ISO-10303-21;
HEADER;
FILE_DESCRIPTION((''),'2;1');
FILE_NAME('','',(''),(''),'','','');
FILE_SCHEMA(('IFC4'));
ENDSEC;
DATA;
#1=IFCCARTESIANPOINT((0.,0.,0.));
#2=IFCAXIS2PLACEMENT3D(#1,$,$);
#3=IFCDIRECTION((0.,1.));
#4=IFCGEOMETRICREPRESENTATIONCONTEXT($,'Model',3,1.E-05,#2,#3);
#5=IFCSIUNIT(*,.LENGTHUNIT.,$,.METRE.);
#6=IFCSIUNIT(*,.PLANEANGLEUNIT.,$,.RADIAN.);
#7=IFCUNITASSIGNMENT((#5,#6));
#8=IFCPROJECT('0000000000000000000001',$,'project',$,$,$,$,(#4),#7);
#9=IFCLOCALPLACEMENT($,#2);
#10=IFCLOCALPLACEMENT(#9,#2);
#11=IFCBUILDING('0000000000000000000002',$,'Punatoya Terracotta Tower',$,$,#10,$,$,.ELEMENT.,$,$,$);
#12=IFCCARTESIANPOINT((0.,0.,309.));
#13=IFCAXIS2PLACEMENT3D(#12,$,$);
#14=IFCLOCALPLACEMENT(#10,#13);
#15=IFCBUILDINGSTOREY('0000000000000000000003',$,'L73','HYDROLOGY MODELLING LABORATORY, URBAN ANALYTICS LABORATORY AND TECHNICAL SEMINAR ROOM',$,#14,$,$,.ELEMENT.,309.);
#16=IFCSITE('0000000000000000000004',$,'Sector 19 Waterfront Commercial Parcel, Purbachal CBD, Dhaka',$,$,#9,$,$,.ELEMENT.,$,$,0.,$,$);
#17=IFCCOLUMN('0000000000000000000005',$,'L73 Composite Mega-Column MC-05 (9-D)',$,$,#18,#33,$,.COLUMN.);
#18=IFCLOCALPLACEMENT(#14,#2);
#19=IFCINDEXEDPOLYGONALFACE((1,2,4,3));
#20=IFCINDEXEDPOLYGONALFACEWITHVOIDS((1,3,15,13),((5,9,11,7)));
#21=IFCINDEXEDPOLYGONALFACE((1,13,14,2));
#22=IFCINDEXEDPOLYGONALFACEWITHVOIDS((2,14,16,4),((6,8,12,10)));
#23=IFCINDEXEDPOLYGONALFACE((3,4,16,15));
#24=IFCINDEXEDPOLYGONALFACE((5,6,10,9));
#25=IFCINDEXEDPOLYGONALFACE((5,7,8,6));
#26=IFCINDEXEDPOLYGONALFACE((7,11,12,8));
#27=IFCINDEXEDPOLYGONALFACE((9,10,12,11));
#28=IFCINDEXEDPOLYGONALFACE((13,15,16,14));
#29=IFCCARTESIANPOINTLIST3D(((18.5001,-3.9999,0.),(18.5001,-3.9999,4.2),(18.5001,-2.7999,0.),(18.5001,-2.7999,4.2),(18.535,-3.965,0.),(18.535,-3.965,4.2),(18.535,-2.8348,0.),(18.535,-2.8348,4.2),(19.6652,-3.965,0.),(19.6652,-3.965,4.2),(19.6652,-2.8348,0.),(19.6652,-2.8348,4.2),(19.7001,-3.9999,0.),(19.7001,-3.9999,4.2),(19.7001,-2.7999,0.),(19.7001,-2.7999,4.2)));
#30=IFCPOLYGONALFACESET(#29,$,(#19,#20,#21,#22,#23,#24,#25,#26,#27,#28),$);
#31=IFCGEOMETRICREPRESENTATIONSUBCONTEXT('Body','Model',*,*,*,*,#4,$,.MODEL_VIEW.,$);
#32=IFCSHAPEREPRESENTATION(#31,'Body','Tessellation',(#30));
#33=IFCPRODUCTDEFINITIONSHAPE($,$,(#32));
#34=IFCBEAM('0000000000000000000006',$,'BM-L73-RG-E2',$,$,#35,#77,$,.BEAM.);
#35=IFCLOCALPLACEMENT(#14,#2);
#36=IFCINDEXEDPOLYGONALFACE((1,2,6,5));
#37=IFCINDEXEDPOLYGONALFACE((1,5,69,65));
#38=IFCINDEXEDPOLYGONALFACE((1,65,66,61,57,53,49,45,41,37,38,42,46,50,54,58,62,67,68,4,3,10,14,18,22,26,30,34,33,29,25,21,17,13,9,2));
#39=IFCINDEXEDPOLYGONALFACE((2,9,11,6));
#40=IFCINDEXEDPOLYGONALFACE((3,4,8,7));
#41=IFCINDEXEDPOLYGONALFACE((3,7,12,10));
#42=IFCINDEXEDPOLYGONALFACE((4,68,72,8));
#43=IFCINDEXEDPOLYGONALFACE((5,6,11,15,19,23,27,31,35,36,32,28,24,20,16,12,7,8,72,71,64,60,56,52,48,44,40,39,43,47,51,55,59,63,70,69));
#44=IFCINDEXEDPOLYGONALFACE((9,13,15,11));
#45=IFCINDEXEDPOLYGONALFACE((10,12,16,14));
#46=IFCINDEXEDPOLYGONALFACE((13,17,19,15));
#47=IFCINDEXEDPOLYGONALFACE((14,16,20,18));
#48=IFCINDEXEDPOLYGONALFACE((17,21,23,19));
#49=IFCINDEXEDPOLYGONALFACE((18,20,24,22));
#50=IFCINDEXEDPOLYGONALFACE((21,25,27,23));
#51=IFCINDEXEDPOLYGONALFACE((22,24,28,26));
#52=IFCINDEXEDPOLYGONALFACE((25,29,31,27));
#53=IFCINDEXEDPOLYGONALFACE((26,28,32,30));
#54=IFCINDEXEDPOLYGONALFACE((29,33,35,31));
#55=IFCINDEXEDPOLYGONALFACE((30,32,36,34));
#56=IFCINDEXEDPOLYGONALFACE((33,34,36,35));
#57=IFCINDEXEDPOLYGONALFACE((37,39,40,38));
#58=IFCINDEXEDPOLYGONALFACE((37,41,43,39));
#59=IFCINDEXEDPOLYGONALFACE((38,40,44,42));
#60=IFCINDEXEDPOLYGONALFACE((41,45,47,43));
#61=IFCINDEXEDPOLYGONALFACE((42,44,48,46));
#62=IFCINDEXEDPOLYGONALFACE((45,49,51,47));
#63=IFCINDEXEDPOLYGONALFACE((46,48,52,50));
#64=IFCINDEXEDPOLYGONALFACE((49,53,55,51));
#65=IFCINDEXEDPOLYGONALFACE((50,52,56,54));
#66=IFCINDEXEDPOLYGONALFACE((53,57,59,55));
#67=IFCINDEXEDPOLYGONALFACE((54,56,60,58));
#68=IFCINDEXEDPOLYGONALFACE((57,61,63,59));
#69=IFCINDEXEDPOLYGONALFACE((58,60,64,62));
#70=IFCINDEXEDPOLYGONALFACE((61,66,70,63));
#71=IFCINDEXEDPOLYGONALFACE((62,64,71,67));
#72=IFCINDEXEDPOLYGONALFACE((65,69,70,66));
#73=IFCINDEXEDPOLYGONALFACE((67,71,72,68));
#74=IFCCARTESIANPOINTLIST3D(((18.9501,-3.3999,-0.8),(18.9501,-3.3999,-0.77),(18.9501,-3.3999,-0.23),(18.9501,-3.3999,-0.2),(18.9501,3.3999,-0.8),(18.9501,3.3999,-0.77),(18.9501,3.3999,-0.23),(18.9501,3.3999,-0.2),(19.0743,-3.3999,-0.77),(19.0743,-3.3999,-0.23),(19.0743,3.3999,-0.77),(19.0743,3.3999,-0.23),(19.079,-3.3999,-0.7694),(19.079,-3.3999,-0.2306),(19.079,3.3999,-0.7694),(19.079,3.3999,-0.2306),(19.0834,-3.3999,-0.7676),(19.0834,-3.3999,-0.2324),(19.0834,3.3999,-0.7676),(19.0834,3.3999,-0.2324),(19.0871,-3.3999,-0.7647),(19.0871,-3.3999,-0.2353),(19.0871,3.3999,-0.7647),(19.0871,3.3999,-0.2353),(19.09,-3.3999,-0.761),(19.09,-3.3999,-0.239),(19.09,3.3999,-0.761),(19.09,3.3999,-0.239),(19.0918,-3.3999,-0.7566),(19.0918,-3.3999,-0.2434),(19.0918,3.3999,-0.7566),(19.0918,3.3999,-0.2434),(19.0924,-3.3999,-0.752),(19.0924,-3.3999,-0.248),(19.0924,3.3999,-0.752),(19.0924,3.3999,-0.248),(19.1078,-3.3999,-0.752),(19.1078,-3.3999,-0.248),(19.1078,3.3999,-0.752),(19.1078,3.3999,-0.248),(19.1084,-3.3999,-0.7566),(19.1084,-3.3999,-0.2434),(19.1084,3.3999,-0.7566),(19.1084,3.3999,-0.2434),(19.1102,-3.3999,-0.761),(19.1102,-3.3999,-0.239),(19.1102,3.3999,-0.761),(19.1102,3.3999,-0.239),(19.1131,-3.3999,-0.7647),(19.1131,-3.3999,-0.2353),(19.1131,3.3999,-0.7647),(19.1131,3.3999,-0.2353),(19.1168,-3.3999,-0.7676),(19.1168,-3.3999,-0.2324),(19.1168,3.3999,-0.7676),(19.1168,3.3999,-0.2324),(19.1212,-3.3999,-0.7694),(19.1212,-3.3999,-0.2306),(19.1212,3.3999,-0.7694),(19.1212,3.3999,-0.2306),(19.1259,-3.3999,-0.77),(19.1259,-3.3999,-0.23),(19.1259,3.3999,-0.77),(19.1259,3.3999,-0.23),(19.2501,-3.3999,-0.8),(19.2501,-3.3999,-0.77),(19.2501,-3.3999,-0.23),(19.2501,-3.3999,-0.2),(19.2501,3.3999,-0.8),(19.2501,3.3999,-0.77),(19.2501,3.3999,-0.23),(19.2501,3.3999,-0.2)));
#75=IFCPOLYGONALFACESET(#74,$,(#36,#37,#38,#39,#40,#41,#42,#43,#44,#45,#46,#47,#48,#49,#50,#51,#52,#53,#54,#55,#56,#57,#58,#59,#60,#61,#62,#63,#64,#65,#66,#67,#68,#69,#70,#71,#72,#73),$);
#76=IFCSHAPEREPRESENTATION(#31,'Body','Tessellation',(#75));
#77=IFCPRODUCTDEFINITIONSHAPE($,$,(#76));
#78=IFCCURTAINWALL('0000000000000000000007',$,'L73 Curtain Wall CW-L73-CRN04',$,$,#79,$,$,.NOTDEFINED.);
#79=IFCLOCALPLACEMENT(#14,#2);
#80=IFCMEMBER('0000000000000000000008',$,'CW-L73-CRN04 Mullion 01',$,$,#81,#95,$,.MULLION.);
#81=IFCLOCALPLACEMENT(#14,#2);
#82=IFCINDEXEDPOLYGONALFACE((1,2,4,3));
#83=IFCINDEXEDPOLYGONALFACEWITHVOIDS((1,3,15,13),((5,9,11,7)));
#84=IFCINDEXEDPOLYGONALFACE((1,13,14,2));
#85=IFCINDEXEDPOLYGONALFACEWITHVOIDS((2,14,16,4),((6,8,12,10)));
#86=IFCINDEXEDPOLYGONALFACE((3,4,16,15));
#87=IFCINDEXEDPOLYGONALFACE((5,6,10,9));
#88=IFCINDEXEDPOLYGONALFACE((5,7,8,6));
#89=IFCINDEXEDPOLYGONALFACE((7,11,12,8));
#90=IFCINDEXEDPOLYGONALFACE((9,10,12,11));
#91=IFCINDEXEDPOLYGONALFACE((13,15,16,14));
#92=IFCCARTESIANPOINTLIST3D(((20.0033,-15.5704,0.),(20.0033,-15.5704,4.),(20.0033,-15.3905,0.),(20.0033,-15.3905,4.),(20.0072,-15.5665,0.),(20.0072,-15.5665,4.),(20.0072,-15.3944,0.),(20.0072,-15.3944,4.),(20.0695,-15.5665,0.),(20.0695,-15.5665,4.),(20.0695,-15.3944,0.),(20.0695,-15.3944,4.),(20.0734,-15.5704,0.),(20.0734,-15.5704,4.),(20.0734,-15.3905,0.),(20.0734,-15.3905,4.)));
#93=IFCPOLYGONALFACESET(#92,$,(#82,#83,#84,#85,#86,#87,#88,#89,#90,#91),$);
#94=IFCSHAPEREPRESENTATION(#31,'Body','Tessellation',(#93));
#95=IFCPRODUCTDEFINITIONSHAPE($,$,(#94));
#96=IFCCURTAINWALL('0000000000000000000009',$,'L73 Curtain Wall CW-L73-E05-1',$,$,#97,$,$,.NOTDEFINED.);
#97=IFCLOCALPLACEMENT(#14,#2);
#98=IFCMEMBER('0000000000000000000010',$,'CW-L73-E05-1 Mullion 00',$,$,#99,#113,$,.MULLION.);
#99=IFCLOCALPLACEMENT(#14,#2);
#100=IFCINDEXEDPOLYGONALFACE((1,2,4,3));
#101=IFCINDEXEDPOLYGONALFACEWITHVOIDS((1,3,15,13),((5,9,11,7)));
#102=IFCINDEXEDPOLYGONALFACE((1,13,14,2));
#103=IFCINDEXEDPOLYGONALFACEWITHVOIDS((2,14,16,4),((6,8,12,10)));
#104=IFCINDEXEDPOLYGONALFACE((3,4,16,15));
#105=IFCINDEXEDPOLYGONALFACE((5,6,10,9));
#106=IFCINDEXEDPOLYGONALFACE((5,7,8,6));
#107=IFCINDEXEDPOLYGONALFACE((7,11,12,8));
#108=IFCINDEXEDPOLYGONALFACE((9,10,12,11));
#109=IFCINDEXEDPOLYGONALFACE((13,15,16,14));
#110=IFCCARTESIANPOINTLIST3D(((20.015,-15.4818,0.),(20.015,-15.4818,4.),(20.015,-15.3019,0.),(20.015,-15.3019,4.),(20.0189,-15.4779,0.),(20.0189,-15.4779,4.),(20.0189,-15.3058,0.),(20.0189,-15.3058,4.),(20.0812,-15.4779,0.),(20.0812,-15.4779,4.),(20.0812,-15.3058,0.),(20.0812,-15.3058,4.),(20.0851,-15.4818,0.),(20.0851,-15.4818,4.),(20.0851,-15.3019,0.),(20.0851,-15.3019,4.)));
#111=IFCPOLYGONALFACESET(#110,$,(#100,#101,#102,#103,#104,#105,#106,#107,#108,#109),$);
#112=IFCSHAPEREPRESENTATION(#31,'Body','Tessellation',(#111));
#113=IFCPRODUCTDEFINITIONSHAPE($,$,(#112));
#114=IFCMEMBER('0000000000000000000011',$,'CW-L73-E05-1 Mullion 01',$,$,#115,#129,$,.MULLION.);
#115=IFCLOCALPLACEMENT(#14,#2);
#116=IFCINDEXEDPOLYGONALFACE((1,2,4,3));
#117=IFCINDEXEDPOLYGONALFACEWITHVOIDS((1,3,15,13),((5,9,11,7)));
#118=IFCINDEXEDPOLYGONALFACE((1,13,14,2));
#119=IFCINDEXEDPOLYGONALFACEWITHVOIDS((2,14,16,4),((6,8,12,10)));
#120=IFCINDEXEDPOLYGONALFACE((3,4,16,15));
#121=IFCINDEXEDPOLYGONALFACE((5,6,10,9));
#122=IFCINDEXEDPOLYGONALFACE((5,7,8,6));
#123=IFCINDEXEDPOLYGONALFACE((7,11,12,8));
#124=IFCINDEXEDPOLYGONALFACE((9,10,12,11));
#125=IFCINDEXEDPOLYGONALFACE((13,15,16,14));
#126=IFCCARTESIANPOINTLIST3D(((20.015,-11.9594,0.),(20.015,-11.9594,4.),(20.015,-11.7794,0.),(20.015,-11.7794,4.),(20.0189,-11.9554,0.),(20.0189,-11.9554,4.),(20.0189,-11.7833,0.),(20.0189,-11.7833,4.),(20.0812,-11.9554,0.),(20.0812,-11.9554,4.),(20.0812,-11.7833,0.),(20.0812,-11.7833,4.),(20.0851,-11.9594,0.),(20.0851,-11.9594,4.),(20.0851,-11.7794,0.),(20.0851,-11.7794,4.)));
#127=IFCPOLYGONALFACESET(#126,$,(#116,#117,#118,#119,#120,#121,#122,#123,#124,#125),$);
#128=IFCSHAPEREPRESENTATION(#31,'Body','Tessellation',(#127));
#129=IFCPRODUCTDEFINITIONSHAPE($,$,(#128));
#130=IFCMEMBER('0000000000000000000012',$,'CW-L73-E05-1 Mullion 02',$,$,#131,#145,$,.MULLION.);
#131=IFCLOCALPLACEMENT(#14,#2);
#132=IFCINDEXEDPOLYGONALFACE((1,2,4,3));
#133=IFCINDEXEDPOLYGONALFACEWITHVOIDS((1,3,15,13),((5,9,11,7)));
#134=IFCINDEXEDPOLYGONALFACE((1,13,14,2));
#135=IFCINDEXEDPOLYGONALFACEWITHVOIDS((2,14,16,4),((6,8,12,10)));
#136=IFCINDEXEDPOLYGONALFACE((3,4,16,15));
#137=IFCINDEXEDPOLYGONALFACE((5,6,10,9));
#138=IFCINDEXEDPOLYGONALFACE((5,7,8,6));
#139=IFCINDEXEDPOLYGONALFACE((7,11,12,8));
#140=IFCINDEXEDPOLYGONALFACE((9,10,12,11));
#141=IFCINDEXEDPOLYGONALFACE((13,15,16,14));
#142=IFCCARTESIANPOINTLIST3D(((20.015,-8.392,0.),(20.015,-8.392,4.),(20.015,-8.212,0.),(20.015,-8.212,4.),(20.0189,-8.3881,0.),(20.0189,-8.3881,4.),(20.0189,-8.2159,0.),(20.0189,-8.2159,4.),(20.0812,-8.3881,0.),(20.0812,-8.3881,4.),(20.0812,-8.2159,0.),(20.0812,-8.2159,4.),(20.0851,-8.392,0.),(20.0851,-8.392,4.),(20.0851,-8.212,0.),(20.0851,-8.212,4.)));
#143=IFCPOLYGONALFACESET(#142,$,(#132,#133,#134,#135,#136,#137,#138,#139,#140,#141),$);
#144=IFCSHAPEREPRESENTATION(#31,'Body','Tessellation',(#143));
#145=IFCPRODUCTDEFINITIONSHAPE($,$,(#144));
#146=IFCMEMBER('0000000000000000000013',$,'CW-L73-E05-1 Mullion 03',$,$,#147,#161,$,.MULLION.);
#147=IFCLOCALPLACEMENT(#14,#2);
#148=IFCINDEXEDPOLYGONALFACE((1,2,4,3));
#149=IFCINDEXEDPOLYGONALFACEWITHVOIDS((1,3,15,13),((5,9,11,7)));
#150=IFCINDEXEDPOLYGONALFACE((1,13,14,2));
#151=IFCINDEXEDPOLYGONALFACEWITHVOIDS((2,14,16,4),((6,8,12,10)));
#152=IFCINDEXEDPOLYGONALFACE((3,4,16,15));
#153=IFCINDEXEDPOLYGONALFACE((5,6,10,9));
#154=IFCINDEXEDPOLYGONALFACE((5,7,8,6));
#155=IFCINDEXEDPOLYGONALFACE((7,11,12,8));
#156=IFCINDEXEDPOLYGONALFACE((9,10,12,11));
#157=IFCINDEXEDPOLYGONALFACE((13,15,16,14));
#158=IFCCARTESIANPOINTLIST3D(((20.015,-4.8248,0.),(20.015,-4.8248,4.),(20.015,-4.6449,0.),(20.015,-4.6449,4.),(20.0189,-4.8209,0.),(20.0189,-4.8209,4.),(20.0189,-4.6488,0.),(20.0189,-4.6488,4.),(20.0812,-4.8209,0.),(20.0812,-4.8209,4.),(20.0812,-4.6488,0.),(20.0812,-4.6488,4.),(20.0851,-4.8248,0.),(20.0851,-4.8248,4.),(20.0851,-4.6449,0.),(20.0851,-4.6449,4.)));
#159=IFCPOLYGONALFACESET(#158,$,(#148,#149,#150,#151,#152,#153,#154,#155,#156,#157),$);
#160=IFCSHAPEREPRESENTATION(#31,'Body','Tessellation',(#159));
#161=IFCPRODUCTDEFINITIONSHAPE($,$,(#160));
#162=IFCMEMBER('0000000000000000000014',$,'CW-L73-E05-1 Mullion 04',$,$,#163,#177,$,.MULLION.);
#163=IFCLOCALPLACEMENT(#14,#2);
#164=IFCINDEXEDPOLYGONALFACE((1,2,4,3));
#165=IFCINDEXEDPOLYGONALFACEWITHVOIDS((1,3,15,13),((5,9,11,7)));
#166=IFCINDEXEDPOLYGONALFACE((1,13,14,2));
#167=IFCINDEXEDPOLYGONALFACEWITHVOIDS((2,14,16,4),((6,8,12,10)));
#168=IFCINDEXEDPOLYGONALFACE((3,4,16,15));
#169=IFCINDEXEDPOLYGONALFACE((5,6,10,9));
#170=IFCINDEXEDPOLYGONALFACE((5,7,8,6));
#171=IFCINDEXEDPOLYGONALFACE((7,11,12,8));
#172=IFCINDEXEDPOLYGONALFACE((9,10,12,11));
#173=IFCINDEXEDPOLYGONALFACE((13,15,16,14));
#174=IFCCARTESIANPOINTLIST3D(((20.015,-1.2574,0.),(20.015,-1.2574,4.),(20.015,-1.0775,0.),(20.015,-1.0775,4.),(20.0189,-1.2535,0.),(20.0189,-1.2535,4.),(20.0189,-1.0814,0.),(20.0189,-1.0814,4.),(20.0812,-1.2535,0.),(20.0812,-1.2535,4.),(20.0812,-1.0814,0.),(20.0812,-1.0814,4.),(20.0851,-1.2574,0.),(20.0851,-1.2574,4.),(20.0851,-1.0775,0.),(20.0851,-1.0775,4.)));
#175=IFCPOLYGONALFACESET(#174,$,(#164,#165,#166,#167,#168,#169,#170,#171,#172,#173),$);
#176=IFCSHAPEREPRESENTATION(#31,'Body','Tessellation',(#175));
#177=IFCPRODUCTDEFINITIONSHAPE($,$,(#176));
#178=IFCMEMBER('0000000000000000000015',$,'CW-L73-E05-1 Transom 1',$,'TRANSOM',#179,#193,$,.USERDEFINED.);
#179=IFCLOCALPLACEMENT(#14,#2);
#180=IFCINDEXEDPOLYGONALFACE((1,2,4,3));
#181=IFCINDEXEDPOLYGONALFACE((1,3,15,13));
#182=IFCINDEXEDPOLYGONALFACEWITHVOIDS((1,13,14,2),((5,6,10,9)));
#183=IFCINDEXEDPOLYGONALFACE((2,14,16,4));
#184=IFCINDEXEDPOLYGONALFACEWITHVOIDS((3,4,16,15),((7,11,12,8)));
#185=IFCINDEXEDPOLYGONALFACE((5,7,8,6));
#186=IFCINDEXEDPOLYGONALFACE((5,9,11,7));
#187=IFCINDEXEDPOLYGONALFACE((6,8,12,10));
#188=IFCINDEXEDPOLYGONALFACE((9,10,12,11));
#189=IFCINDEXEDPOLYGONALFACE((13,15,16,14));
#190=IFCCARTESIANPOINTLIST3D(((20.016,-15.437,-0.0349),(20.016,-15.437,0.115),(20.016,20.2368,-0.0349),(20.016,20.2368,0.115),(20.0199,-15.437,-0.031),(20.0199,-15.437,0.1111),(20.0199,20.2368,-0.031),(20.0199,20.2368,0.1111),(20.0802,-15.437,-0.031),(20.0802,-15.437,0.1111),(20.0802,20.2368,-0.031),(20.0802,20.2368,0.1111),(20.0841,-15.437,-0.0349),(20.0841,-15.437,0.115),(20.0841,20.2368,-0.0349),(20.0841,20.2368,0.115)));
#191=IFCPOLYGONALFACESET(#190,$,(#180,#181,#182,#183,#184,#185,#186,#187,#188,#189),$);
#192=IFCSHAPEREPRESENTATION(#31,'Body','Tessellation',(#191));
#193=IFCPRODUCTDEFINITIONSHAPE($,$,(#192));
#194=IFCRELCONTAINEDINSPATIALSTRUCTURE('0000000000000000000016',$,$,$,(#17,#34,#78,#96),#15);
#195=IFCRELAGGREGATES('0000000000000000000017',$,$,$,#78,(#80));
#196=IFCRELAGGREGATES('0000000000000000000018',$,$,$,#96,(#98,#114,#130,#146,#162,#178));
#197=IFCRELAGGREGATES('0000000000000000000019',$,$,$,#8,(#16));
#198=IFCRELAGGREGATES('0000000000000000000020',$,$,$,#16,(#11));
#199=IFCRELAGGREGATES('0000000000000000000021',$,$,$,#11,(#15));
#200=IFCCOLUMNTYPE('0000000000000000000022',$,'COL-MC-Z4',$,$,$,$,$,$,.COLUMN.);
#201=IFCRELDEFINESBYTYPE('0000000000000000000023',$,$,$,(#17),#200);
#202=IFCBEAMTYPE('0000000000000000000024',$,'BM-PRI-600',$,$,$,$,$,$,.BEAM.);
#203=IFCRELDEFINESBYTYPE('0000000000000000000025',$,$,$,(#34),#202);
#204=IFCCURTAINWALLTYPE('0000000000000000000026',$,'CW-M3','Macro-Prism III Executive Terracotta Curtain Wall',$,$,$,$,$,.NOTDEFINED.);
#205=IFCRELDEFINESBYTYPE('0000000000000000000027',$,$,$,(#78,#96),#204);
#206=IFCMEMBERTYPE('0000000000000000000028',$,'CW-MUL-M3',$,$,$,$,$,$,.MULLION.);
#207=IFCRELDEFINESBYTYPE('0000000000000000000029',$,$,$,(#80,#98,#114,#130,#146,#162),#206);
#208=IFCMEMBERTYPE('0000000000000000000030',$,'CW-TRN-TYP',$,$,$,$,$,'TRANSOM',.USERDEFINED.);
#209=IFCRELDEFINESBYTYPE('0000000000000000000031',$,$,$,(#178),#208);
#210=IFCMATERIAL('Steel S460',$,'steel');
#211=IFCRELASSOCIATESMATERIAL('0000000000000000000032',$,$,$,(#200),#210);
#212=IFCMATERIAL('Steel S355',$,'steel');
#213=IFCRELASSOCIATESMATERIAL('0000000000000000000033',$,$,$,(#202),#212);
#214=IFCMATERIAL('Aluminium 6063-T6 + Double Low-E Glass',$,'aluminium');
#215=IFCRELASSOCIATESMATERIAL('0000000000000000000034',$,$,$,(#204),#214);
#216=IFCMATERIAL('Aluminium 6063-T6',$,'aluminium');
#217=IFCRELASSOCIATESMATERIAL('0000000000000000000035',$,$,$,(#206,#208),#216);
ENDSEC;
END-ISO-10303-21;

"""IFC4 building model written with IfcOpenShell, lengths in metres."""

from ifc_helpers import new_model, si_unit, direction, frame, origin, origin_2d, place, context, subcontext, project, spatial, hollow_rectangle, i_section, extrude, material, material_profile, profile_set, type_object, element, aggregate, save


model = new_model("IFC4")

# Units and contexts
model_context = context("Model", 3, precision=1e-05, world=origin(), true_north=direction((0.0, 1.0)))
body_context = subcontext(model_context, "Body", "Model", "MODEL_VIEW")
ifc_project = project(units=[si_unit("LENGTHUNIT", "METRE"), si_unit("PLANEANGLEUNIT", "RADIAN")], contexts=[model_context])

# Site, building, storey
site_placement = place(None, origin())
site = spatial("IfcSite", under=ifc_project, at=site_placement, Name="Sector 19 Waterfront Commercial Parcel, Purbachal CBD, Dhaka", CompositionType="ELEMENT", RefElevation=0.0)
building_placement = place(site_placement, origin())
building = spatial("IfcBuilding", under=site, at=building_placement, Name="Punatoya Terracotta Tower", CompositionType="ELEMENT")
storey_placement = place(building_placement, frame((0.0, 0.0, 309.0)))
storey = spatial("IfcBuildingStorey", under=building, at=storey_placement, Name="L73", Description="HYDROLOGY MODELLING LABORATORY, URBAN ANALYTICS LABORATORY AND TECHNICAL SEMINAR ROOM", CompositionType="ELEMENT", Elevation=309.0)

# Column
ifc_material_1 = material(Name="Steel S460", Category="steel")
ifc_material_profile_1 = material_profile(ifc_material_1, hollow_rectangle(XDim=1.2, YDim=1.2, WallThickness=0.0349, at=origin_2d()))
ifc_profile_set_1 = profile_set([ifc_material_profile_1], Name="Steel S460")
column_type = type_object("IfcColumnType", Name="COL-MC-Z4", PredefinedType="COLUMN", material=ifc_profile_set_1)
column_placement = place(storey_placement, frame((19.1001, -3.3999, 0.0), z_axis=(0.0, 0.0, 1.0), x_axis=(1.0, 0.0, 0.0)))
element("IfcColumn", 1, at=column_placement, inside=storey, type_object=column_type, Name="L73 Composite Mega-Column MC-05 (9-D)", PredefinedType="COLUMN", context=body_context, shape_type="SweptSolid", body=[
    extrude(hollow_rectangle(XDim=1.2, YDim=1.2, WallThickness=0.0349, at=origin_2d()), origin(), (0.0, 0.0, 1.0), 4.2),
])

# Beam
ifc_material_2 = material(Name="Steel S355", Category="steel")
ifc_material_profile_2 = material_profile(ifc_material_2, i_section(OverallWidth=0.3, OverallDepth=0.6001, WebThickness=0.0154, FlangeThickness=0.03, FilletRadius=0.0181, at=origin_2d()))
ifc_profile_set_2 = profile_set([ifc_material_profile_2], Name="Steel S355")
beam_type = type_object("IfcBeamType", Name="BM-PRI-600", PredefinedType="BEAM", material=ifc_profile_set_2)
beam_placement = place(storey_placement, frame((19.1001, -3.3999, -0.5), z_axis=(0.0, 1.0, 0.0), x_axis=(-1.0, 0.0, 0.0)))
element("IfcBeam", 2, at=beam_placement, inside=storey, type_object=beam_type, Name="BM-L73-RG-E2", PredefinedType="BEAM", context=body_context, shape_type="SweptSolid", body=[
    extrude(i_section(OverallWidth=0.3, OverallDepth=0.6001, WebThickness=0.0154, FlangeThickness=0.03, FilletRadius=0.0181, at=origin_2d()), origin(), (0.0, 0.0, 1.0), 6.7998),
])

# Curtain wall, member
ifc_material_3 = material(Name="Aluminium 6063-T6 + Double Low-E Glass", Category="aluminium")
curtain_wall_type = type_object("IfcCurtainWallType", Name="CW-M3", Description="Macro-Prism III Executive Terracotta Curtain Wall", PredefinedType="NOTDEFINED", material=ifc_material_3)
curtain_wall_1_placement = place(storey_placement, origin())
curtain_wall_1 = element("IfcCurtainWall", 3, at=curtain_wall_1_placement, inside=storey, type_object=curtain_wall_type, Name="L73 Curtain Wall CW-L73-CRN04", PredefinedType="NOTDEFINED")
ifc_material_4 = material(Name="Aluminium 6063-T6", Category="aluminium")
ifc_material_profile_3 = material_profile(ifc_material_4, hollow_rectangle(XDim=0.0701, YDim=0.1799, WallThickness=0.0039, at=origin_2d()))
ifc_profile_set_3 = profile_set([ifc_material_profile_3], Name="Aluminium 6063-T6")
member_type_1 = type_object("IfcMemberType", Name="CW-MUL-M3", PredefinedType="MULLION", material=ifc_profile_set_3)
member_1_placement = place(storey_placement, frame((20.0383, -15.4805, 0.0), z_axis=(0.0, 0.0, 1.0), x_axis=(1.0, 0.0, 0.0)))
member_1 = element("IfcMember", 4, at=member_1_placement, type_object=member_type_1, Name="CW-L73-CRN04 Mullion 01", PredefinedType="MULLION", context=body_context, shape_type="SweptSolid", body=[
    extrude(hollow_rectangle(XDim=0.0701, YDim=0.1799, WallThickness=0.0039, at=origin_2d()), origin(), (0.0, 0.0, 1.0), 4.0),
])

# Curtain wall, members
curtain_wall_2_placement = place(storey_placement, origin())
curtain_wall_2 = element("IfcCurtainWall", 5, at=curtain_wall_2_placement, inside=storey, type_object=curtain_wall_type, Name="L73 Curtain Wall CW-L73-E05-1", PredefinedType="NOTDEFINED")
member_2_placement = place(storey_placement, frame((20.05, -15.3918, 0.0), z_axis=(0.0, 0.0, 1.0), x_axis=(1.0, 0.0, 0.0)))
member_2 = element("IfcMember", 6, at=member_2_placement, type_object=member_type_1, Name="CW-L73-E05-1 Mullion 00", PredefinedType="MULLION", context=body_context, shape_type="SweptSolid", body=[
    extrude(hollow_rectangle(XDim=0.0701, YDim=0.1799, WallThickness=0.0039, at=origin_2d()), origin(), (0.0, 0.0, 1.0), 4.0),
])
member_3_placement = place(storey_placement, frame((20.05, -11.8694, 0.0), z_axis=(0.0, 0.0, 1.0), x_axis=(1.0, 0.0, 0.0)))
member_3 = element("IfcMember", 7, at=member_3_placement, type_object=member_type_1, Name="CW-L73-E05-1 Mullion 01", PredefinedType="MULLION", context=body_context, shape_type="SweptSolid", body=[
    extrude(hollow_rectangle(XDim=0.0701, YDim=0.1799, WallThickness=0.0039, at=origin_2d()), origin(), (0.0, 0.0, 1.0), 4.0),
])
member_4_placement = place(storey_placement, frame((20.05, -8.302, 0.0), z_axis=(0.0, 0.0, 1.0), x_axis=(1.0, 0.0, 0.0)))
member_4 = element("IfcMember", 8, at=member_4_placement, type_object=member_type_1, Name="CW-L73-E05-1 Mullion 02", PredefinedType="MULLION", context=body_context, shape_type="SweptSolid", body=[
    extrude(hollow_rectangle(XDim=0.0701, YDim=0.1799, WallThickness=0.0039, at=origin_2d()), origin(), (0.0, 0.0, 1.0), 4.0),
])
member_5_placement = place(storey_placement, frame((20.05, -4.7349, 0.0), z_axis=(0.0, 0.0, 1.0), x_axis=(1.0, 0.0, 0.0)))
member_5 = element("IfcMember", 9, at=member_5_placement, type_object=member_type_1, Name="CW-L73-E05-1 Mullion 03", PredefinedType="MULLION", context=body_context, shape_type="SweptSolid", body=[
    extrude(hollow_rectangle(XDim=0.0701, YDim=0.1799, WallThickness=0.0039, at=origin_2d()), origin(), (0.0, 0.0, 1.0), 4.0),
])
member_6_placement = place(storey_placement, frame((20.05, -1.1675, 0.0), z_axis=(0.0, 0.0, 1.0), x_axis=(1.0, 0.0, 0.0)))
member_6 = element("IfcMember", 10, at=member_6_placement, type_object=member_type_1, Name="CW-L73-E05-1 Mullion 04", PredefinedType="MULLION", context=body_context, shape_type="SweptSolid", body=[
    extrude(hollow_rectangle(XDim=0.0701, YDim=0.1799, WallThickness=0.0039, at=origin_2d()), origin(), (0.0, 0.0, 1.0), 4.0),
])
ifc_material_profile_4 = material_profile(ifc_material_4, hollow_rectangle(XDim=0.0681, YDim=0.1499, WallThickness=0.0039, at=origin_2d()))
ifc_profile_set_4 = profile_set([ifc_material_profile_4], Name="Aluminium 6063-T6")
member_type_2 = type_object("IfcMemberType", Name="CW-TRN-TYP", ElementType="TRANSOM", PredefinedType="USERDEFINED", material=ifc_profile_set_4)
member_7_placement = place(storey_placement, frame((20.05, -15.437, 0.04), z_axis=(0.0, 1.0, 0.0), x_axis=(-1.0, 0.0, 0.0)))
member_7 = element("IfcMember", 11, at=member_7_placement, type_object=member_type_2, Name="CW-L73-E05-1 Transom 1", ObjectType="TRANSOM", PredefinedType="USERDEFINED", context=body_context, shape_type="SweptSolid", body=[
    extrude(hollow_rectangle(XDim=0.0681, YDim=0.1499, WallThickness=0.0039, at=origin_2d()), origin(), (0.0, 0.0, 1.0), 35.6738),
])

aggregate(curtain_wall_1, [member_1])
aggregate(curtain_wall_2, [member_2, member_3, member_4, member_5, member_6, member_7])

save(model, "model.ifc")
